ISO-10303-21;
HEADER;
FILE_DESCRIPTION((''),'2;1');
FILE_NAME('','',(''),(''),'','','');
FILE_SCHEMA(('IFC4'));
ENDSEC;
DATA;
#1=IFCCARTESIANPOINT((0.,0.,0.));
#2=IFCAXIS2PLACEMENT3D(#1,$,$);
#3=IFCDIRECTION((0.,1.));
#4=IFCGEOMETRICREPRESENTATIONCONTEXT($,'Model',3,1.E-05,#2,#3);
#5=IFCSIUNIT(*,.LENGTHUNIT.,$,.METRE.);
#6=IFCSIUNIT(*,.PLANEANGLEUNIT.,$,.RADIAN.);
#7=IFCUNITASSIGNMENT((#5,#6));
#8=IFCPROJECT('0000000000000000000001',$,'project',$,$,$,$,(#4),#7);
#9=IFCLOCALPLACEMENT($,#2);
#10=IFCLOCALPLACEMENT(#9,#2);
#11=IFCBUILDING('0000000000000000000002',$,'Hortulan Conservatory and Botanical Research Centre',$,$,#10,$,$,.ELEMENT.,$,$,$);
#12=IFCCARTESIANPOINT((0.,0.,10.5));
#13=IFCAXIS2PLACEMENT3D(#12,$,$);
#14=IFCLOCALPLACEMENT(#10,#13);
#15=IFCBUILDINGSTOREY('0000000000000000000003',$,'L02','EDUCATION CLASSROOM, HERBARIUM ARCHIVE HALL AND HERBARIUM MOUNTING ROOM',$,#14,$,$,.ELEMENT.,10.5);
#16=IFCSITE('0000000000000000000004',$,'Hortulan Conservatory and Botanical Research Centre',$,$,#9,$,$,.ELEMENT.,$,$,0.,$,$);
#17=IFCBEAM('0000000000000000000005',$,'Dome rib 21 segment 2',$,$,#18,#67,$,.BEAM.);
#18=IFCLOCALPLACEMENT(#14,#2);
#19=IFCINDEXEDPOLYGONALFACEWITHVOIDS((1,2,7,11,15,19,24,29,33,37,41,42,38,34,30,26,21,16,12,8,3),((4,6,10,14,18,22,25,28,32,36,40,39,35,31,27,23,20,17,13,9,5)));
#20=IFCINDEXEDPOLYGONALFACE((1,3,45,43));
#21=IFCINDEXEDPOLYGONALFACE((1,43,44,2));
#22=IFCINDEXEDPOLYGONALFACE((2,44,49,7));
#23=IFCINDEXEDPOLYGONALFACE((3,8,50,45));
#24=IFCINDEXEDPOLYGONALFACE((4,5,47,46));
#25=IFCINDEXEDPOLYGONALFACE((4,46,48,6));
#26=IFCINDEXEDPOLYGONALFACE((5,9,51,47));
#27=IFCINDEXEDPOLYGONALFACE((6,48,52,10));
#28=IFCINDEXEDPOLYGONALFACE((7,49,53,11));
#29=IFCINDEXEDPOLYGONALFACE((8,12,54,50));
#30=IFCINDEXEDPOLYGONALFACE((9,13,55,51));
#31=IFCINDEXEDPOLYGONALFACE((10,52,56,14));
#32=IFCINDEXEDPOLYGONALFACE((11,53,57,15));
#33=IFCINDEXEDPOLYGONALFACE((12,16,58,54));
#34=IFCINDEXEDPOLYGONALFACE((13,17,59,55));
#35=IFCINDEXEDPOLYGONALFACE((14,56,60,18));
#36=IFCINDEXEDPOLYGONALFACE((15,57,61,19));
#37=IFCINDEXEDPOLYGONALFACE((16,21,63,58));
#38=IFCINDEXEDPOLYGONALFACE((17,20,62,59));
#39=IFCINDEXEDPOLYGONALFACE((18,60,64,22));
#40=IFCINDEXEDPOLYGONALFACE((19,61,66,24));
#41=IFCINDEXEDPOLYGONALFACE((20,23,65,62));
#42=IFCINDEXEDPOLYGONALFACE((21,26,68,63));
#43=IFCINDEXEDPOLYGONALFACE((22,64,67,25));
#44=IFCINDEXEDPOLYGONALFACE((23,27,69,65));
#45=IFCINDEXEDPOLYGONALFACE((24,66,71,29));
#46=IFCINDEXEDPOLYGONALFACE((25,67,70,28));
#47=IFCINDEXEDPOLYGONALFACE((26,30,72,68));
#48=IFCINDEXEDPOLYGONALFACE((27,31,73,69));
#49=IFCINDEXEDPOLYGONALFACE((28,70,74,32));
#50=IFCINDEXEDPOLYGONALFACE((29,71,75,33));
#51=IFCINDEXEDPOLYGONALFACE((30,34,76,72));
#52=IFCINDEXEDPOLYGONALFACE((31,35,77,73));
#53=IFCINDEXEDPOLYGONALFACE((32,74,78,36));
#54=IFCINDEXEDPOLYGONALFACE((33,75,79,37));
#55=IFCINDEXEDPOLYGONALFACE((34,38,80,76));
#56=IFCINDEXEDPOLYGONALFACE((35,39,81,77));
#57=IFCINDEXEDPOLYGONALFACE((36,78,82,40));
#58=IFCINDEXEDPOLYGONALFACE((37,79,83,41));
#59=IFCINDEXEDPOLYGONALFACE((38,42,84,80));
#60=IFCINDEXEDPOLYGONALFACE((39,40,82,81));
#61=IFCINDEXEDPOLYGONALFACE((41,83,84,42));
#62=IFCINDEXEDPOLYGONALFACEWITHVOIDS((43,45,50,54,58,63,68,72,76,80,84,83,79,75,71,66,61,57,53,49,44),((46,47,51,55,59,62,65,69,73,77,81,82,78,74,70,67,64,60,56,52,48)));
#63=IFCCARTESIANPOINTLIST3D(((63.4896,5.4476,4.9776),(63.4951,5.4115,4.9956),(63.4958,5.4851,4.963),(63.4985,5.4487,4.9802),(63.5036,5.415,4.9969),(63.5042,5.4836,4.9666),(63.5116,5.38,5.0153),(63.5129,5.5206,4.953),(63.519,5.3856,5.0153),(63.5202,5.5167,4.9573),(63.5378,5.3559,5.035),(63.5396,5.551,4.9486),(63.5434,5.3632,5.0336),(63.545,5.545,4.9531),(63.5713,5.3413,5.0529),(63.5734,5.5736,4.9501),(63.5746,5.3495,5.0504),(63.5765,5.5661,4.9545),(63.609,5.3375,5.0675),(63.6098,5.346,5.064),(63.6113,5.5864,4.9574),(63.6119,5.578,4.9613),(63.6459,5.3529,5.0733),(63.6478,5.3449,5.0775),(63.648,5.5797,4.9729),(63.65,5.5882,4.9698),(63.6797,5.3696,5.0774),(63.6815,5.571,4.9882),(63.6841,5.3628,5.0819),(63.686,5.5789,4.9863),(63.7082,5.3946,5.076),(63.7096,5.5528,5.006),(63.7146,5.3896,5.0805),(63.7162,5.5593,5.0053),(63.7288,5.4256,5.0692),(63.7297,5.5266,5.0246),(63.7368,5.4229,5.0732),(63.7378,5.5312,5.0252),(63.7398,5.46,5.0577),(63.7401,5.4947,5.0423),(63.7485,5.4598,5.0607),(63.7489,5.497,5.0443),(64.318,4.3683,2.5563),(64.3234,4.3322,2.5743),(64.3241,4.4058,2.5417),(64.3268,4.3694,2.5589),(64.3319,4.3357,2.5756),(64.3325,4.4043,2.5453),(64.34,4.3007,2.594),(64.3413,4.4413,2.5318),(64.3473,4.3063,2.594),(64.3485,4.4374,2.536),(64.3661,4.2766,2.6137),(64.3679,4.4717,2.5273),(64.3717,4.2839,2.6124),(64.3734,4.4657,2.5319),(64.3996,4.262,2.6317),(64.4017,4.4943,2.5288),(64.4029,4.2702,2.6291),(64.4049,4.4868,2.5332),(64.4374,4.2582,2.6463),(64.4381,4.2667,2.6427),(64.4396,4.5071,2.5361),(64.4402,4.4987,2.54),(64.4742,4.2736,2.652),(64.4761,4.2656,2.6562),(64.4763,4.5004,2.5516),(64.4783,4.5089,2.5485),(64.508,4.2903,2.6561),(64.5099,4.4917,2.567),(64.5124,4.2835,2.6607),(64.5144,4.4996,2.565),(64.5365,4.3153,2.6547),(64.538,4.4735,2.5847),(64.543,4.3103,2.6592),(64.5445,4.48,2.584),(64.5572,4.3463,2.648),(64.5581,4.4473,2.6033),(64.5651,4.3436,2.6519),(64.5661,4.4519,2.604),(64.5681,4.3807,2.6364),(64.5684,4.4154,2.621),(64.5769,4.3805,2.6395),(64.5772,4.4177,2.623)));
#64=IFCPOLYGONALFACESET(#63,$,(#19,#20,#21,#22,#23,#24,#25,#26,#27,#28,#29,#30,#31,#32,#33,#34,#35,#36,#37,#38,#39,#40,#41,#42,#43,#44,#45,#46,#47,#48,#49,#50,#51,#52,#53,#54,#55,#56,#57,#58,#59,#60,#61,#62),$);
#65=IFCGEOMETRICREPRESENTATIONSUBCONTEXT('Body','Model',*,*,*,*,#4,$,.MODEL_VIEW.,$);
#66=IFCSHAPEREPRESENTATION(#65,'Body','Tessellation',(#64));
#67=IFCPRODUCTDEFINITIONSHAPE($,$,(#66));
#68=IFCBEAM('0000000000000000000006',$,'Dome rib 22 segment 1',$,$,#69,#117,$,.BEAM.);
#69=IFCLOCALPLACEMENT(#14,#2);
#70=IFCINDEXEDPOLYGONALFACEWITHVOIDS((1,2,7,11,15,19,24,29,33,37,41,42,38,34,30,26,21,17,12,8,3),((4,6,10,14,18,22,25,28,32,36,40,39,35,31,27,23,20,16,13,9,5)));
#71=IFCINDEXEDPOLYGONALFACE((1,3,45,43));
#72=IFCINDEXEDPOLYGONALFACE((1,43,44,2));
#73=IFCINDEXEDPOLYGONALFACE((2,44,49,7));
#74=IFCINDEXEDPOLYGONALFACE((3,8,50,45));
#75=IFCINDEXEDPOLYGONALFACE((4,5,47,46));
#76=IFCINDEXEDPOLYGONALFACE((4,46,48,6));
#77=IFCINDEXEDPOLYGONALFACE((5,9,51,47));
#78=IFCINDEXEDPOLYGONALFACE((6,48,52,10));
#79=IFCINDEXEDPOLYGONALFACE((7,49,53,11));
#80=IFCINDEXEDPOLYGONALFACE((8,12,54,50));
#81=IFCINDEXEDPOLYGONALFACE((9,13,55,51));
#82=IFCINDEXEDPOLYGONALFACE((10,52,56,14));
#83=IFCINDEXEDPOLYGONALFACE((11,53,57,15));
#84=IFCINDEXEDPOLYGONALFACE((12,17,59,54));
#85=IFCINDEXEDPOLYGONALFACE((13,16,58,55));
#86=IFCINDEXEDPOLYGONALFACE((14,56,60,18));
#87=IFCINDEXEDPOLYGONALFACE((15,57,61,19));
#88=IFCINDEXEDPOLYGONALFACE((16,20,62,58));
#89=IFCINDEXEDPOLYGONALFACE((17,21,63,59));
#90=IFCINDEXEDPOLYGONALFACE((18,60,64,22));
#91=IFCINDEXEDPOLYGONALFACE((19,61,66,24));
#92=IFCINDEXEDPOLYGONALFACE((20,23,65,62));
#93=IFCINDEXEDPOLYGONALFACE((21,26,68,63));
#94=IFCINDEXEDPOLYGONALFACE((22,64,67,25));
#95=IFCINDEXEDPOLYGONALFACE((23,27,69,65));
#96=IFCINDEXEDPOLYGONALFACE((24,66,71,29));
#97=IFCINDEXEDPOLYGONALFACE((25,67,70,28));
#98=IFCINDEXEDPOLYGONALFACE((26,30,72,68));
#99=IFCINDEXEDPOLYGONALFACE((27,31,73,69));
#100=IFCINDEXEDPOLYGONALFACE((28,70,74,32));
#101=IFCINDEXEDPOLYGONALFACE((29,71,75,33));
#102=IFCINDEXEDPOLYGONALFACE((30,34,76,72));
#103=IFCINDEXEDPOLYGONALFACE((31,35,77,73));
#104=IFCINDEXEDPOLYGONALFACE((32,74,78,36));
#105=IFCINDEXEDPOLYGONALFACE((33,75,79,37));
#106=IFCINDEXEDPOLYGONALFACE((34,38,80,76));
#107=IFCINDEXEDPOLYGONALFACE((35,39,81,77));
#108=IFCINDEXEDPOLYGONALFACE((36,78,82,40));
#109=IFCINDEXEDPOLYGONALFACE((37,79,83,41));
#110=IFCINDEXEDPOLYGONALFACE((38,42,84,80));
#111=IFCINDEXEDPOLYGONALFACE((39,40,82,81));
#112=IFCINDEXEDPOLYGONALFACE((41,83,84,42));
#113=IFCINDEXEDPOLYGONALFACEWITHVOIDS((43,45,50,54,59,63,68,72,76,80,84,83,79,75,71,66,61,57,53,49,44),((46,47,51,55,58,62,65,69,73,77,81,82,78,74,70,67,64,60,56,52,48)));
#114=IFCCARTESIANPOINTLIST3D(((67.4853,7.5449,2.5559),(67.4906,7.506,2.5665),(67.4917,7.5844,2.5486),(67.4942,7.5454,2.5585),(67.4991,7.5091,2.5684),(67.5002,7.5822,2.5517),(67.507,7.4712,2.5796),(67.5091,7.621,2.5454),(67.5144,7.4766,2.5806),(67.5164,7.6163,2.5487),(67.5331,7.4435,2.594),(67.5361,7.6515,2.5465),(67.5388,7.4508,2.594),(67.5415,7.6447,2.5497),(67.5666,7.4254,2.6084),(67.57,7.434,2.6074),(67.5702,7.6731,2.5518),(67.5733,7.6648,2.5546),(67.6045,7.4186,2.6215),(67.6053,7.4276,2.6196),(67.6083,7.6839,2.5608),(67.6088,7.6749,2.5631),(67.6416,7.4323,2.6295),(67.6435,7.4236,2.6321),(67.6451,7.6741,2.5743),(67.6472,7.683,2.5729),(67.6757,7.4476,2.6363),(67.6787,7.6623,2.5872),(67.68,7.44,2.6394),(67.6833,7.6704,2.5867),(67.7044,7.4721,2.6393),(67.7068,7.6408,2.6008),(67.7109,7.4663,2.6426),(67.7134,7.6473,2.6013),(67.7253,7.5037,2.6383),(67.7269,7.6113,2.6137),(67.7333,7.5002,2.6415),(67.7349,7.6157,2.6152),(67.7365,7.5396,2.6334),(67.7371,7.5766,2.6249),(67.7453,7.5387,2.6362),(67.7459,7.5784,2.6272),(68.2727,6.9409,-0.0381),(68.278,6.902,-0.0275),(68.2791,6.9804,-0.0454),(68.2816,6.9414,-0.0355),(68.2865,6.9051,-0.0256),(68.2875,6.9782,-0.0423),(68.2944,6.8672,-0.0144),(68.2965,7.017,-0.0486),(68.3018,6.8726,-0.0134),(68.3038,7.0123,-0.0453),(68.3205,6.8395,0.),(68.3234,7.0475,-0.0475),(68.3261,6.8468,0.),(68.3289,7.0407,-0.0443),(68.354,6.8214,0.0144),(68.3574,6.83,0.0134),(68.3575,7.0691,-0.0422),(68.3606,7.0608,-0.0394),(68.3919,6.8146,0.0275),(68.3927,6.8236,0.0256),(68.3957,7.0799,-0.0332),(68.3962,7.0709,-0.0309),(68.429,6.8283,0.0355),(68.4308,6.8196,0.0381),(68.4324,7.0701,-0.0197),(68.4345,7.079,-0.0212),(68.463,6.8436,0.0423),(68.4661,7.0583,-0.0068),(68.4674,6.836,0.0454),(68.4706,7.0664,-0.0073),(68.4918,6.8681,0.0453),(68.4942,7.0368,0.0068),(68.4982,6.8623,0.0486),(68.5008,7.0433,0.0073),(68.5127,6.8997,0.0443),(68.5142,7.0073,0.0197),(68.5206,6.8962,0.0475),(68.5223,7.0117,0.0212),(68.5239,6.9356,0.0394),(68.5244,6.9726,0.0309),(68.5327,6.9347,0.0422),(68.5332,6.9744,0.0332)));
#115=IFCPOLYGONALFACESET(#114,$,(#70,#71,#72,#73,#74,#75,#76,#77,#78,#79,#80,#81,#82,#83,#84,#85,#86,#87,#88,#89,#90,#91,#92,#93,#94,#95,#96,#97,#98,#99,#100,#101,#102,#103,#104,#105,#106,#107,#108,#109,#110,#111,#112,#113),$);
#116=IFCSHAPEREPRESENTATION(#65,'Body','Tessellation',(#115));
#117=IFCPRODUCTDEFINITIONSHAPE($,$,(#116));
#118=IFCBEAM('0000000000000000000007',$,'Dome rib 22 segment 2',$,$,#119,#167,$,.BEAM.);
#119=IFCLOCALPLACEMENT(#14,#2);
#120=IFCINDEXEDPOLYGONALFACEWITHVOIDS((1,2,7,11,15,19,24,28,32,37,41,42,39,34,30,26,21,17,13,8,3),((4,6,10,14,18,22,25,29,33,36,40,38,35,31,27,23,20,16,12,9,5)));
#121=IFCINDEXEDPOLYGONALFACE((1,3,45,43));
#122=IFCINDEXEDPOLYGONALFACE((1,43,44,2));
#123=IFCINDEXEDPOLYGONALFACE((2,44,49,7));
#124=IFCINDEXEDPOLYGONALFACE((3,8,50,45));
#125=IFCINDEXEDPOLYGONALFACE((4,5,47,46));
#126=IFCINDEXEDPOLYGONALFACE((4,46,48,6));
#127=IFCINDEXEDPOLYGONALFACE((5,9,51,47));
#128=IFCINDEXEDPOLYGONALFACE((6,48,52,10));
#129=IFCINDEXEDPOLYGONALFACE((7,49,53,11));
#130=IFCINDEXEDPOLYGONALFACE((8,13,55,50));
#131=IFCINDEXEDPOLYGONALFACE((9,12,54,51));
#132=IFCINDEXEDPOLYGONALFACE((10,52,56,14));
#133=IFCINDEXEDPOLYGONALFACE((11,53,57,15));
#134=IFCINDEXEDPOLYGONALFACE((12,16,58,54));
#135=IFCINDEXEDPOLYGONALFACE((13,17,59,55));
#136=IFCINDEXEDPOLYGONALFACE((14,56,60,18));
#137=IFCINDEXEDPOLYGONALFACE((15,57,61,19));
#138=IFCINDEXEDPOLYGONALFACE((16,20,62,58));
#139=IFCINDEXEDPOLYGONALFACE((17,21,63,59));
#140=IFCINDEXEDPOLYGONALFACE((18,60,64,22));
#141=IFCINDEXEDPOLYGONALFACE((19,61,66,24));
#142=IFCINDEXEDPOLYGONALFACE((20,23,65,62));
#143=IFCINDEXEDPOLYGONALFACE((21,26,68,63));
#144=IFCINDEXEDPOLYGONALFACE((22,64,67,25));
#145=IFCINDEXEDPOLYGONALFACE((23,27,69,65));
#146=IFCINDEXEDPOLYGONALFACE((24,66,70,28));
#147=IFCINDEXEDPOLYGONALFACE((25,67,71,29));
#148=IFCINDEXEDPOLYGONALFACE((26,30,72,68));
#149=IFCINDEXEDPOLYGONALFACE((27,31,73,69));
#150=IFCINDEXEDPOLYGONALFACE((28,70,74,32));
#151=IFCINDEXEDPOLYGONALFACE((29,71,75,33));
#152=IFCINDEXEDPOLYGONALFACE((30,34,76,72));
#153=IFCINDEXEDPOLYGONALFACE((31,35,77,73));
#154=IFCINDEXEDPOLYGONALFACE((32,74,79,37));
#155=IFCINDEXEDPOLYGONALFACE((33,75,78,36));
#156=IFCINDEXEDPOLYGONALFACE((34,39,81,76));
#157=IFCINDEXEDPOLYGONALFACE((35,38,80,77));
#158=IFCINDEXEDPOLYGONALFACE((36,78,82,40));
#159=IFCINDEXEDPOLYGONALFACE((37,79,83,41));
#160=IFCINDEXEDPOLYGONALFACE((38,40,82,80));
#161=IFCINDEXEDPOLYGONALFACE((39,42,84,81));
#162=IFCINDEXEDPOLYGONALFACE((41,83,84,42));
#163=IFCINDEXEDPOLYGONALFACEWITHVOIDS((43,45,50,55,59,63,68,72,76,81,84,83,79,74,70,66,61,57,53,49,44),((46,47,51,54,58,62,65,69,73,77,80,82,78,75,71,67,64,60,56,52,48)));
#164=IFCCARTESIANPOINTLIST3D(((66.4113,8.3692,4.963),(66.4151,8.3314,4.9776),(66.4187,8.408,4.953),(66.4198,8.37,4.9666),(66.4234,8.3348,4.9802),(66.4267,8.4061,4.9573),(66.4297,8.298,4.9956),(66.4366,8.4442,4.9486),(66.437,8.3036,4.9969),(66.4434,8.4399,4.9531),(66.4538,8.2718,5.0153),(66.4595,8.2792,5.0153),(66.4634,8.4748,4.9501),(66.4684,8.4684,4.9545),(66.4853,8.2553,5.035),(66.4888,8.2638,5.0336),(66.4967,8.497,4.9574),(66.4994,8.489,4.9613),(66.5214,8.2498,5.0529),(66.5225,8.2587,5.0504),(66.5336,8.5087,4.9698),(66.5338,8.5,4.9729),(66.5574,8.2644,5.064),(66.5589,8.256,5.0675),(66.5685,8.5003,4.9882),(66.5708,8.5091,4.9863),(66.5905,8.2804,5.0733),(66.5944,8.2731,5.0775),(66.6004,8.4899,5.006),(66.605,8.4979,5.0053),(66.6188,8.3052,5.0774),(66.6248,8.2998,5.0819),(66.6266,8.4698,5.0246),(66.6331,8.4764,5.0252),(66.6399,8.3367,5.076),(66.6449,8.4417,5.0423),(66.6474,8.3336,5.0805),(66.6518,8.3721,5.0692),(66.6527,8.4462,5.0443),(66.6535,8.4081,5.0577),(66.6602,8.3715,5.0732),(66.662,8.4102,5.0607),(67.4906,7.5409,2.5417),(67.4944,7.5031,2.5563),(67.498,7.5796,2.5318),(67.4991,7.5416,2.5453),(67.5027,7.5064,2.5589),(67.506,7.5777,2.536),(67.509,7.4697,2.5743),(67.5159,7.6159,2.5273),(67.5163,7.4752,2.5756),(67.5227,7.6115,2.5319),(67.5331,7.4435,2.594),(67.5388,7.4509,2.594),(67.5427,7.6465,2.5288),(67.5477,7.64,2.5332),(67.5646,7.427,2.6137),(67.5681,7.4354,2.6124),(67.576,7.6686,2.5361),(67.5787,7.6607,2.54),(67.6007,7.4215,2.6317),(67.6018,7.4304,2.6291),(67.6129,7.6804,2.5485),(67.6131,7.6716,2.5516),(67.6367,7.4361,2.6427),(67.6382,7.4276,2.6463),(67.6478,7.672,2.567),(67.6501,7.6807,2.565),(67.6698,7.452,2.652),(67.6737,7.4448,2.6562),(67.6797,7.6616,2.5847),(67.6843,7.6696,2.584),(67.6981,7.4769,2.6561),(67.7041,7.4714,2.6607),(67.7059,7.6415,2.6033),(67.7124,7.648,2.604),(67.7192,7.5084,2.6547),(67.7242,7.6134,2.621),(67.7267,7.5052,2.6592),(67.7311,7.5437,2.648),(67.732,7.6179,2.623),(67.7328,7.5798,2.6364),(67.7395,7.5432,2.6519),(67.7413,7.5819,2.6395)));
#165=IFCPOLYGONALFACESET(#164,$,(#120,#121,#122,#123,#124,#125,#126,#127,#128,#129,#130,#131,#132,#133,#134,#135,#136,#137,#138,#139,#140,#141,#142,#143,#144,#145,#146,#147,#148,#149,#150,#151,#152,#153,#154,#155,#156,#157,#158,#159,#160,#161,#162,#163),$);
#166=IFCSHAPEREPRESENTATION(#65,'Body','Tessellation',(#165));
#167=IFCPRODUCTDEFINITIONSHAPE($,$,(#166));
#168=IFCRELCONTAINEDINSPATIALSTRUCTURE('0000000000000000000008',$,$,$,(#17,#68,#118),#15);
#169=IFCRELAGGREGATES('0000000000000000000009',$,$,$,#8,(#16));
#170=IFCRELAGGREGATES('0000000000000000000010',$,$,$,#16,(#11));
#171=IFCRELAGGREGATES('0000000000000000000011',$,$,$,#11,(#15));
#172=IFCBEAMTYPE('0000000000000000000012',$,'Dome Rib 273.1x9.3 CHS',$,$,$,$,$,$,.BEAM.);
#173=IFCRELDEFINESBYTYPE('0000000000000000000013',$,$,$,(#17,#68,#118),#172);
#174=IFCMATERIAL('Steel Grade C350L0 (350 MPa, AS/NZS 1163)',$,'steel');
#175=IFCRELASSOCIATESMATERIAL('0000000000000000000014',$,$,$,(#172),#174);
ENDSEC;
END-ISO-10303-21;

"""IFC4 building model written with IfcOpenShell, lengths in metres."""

from ifc_helpers import new_model, si_unit, direction, frame, origin, origin_2d, place, context, subcontext, project, spatial, hollow_circle, extrude, material, material_profile, profile_set, type_object, element, save


model = new_model("IFC4")

# Units and contexts
model_context = context("Model", 3, precision=1e-05, world=origin(), true_north=direction((0.0, 1.0)))
body_context = subcontext(model_context, "Body", "Model", "MODEL_VIEW")
ifc_project = project(units=[si_unit("LENGTHUNIT", "METRE"), si_unit("PLANEANGLEUNIT", "RADIAN")], contexts=[model_context])

# Site, building, storey
site_placement = place(None, origin())
site = spatial("IfcSite", under=ifc_project, at=site_placement, Name="Hortulan Conservatory and Botanical Research Centre", CompositionType="ELEMENT", RefElevation=0.0)
building_placement = place(site_placement, origin())
building = spatial("IfcBuilding", under=site, at=building_placement, Name="Hortulan Conservatory and Botanical Research Centre", CompositionType="ELEMENT")
storey_placement = place(building_placement, frame((0.0, 0.0, 10.5)))
storey = spatial("IfcBuildingStorey", under=building, at=storey_placement, Name="L02", Description="EDUCATION CLASSROOM, HERBARIUM ARCHIVE HALL AND HERBARIUM MOUNTING ROOM", CompositionType="ELEMENT", Elevation=10.5)

# Beams
ifc_material_1 = material(Name="Steel Grade C350L0 (350 MPa, AS/NZS 1163)", Category="steel")
ifc_material_profile_1 = material_profile(ifc_material_1, hollow_circle(Radius=0.1365, WallThickness=0.0093, at=origin_2d()), Name="273.1x9.3CHS")
ifc_profile_set_1 = profile_set([ifc_material_profile_1], Name="Steel Grade C350L0 (350 MPa, AS/NZS 1163)")
beam_type_1 = type_object("IfcBeamType", Name="Dome Rib 273.1x9.3 CHS", PredefinedType="BEAM", material=ifc_profile_set_1)
for number, where, z_axis, x_axis, name in (
    (1, (64.4482, 4.3838, 2.594), (-0.298247, 0.388609, 0.871798), (-0.793297, -0.608835, 0.0), "Dome rib 21 segment 2"),
    (2, (68.4036, 6.9478, 0.0), (-0.283493, 0.217477, 0.933989), (-0.608664, -0.793428, 0.0), "Dome rib 22 segment 1"),
    (3, (67.6162, 7.5518, 2.594), (-0.388609, 0.298247, 0.871798), (-0.608835, -0.793297, 0.0), "Dome rib 22 segment 2"),
):
    element("IfcBeam", number, at=place(storey_placement, frame(where, z_axis=z_axis, x_axis=x_axis)), inside=storey, type_object=beam_type_1, Name=name, PredefinedType="BEAM", context=body_context, shape_type="SweptSolid", body=[
        extrude(hollow_circle(Radius=0.1365, WallThickness=0.0093, at=origin_2d()), origin(), (0.0, 0.0, 1.0), 2.7773),
    ])

save(model, "model.ifc")
